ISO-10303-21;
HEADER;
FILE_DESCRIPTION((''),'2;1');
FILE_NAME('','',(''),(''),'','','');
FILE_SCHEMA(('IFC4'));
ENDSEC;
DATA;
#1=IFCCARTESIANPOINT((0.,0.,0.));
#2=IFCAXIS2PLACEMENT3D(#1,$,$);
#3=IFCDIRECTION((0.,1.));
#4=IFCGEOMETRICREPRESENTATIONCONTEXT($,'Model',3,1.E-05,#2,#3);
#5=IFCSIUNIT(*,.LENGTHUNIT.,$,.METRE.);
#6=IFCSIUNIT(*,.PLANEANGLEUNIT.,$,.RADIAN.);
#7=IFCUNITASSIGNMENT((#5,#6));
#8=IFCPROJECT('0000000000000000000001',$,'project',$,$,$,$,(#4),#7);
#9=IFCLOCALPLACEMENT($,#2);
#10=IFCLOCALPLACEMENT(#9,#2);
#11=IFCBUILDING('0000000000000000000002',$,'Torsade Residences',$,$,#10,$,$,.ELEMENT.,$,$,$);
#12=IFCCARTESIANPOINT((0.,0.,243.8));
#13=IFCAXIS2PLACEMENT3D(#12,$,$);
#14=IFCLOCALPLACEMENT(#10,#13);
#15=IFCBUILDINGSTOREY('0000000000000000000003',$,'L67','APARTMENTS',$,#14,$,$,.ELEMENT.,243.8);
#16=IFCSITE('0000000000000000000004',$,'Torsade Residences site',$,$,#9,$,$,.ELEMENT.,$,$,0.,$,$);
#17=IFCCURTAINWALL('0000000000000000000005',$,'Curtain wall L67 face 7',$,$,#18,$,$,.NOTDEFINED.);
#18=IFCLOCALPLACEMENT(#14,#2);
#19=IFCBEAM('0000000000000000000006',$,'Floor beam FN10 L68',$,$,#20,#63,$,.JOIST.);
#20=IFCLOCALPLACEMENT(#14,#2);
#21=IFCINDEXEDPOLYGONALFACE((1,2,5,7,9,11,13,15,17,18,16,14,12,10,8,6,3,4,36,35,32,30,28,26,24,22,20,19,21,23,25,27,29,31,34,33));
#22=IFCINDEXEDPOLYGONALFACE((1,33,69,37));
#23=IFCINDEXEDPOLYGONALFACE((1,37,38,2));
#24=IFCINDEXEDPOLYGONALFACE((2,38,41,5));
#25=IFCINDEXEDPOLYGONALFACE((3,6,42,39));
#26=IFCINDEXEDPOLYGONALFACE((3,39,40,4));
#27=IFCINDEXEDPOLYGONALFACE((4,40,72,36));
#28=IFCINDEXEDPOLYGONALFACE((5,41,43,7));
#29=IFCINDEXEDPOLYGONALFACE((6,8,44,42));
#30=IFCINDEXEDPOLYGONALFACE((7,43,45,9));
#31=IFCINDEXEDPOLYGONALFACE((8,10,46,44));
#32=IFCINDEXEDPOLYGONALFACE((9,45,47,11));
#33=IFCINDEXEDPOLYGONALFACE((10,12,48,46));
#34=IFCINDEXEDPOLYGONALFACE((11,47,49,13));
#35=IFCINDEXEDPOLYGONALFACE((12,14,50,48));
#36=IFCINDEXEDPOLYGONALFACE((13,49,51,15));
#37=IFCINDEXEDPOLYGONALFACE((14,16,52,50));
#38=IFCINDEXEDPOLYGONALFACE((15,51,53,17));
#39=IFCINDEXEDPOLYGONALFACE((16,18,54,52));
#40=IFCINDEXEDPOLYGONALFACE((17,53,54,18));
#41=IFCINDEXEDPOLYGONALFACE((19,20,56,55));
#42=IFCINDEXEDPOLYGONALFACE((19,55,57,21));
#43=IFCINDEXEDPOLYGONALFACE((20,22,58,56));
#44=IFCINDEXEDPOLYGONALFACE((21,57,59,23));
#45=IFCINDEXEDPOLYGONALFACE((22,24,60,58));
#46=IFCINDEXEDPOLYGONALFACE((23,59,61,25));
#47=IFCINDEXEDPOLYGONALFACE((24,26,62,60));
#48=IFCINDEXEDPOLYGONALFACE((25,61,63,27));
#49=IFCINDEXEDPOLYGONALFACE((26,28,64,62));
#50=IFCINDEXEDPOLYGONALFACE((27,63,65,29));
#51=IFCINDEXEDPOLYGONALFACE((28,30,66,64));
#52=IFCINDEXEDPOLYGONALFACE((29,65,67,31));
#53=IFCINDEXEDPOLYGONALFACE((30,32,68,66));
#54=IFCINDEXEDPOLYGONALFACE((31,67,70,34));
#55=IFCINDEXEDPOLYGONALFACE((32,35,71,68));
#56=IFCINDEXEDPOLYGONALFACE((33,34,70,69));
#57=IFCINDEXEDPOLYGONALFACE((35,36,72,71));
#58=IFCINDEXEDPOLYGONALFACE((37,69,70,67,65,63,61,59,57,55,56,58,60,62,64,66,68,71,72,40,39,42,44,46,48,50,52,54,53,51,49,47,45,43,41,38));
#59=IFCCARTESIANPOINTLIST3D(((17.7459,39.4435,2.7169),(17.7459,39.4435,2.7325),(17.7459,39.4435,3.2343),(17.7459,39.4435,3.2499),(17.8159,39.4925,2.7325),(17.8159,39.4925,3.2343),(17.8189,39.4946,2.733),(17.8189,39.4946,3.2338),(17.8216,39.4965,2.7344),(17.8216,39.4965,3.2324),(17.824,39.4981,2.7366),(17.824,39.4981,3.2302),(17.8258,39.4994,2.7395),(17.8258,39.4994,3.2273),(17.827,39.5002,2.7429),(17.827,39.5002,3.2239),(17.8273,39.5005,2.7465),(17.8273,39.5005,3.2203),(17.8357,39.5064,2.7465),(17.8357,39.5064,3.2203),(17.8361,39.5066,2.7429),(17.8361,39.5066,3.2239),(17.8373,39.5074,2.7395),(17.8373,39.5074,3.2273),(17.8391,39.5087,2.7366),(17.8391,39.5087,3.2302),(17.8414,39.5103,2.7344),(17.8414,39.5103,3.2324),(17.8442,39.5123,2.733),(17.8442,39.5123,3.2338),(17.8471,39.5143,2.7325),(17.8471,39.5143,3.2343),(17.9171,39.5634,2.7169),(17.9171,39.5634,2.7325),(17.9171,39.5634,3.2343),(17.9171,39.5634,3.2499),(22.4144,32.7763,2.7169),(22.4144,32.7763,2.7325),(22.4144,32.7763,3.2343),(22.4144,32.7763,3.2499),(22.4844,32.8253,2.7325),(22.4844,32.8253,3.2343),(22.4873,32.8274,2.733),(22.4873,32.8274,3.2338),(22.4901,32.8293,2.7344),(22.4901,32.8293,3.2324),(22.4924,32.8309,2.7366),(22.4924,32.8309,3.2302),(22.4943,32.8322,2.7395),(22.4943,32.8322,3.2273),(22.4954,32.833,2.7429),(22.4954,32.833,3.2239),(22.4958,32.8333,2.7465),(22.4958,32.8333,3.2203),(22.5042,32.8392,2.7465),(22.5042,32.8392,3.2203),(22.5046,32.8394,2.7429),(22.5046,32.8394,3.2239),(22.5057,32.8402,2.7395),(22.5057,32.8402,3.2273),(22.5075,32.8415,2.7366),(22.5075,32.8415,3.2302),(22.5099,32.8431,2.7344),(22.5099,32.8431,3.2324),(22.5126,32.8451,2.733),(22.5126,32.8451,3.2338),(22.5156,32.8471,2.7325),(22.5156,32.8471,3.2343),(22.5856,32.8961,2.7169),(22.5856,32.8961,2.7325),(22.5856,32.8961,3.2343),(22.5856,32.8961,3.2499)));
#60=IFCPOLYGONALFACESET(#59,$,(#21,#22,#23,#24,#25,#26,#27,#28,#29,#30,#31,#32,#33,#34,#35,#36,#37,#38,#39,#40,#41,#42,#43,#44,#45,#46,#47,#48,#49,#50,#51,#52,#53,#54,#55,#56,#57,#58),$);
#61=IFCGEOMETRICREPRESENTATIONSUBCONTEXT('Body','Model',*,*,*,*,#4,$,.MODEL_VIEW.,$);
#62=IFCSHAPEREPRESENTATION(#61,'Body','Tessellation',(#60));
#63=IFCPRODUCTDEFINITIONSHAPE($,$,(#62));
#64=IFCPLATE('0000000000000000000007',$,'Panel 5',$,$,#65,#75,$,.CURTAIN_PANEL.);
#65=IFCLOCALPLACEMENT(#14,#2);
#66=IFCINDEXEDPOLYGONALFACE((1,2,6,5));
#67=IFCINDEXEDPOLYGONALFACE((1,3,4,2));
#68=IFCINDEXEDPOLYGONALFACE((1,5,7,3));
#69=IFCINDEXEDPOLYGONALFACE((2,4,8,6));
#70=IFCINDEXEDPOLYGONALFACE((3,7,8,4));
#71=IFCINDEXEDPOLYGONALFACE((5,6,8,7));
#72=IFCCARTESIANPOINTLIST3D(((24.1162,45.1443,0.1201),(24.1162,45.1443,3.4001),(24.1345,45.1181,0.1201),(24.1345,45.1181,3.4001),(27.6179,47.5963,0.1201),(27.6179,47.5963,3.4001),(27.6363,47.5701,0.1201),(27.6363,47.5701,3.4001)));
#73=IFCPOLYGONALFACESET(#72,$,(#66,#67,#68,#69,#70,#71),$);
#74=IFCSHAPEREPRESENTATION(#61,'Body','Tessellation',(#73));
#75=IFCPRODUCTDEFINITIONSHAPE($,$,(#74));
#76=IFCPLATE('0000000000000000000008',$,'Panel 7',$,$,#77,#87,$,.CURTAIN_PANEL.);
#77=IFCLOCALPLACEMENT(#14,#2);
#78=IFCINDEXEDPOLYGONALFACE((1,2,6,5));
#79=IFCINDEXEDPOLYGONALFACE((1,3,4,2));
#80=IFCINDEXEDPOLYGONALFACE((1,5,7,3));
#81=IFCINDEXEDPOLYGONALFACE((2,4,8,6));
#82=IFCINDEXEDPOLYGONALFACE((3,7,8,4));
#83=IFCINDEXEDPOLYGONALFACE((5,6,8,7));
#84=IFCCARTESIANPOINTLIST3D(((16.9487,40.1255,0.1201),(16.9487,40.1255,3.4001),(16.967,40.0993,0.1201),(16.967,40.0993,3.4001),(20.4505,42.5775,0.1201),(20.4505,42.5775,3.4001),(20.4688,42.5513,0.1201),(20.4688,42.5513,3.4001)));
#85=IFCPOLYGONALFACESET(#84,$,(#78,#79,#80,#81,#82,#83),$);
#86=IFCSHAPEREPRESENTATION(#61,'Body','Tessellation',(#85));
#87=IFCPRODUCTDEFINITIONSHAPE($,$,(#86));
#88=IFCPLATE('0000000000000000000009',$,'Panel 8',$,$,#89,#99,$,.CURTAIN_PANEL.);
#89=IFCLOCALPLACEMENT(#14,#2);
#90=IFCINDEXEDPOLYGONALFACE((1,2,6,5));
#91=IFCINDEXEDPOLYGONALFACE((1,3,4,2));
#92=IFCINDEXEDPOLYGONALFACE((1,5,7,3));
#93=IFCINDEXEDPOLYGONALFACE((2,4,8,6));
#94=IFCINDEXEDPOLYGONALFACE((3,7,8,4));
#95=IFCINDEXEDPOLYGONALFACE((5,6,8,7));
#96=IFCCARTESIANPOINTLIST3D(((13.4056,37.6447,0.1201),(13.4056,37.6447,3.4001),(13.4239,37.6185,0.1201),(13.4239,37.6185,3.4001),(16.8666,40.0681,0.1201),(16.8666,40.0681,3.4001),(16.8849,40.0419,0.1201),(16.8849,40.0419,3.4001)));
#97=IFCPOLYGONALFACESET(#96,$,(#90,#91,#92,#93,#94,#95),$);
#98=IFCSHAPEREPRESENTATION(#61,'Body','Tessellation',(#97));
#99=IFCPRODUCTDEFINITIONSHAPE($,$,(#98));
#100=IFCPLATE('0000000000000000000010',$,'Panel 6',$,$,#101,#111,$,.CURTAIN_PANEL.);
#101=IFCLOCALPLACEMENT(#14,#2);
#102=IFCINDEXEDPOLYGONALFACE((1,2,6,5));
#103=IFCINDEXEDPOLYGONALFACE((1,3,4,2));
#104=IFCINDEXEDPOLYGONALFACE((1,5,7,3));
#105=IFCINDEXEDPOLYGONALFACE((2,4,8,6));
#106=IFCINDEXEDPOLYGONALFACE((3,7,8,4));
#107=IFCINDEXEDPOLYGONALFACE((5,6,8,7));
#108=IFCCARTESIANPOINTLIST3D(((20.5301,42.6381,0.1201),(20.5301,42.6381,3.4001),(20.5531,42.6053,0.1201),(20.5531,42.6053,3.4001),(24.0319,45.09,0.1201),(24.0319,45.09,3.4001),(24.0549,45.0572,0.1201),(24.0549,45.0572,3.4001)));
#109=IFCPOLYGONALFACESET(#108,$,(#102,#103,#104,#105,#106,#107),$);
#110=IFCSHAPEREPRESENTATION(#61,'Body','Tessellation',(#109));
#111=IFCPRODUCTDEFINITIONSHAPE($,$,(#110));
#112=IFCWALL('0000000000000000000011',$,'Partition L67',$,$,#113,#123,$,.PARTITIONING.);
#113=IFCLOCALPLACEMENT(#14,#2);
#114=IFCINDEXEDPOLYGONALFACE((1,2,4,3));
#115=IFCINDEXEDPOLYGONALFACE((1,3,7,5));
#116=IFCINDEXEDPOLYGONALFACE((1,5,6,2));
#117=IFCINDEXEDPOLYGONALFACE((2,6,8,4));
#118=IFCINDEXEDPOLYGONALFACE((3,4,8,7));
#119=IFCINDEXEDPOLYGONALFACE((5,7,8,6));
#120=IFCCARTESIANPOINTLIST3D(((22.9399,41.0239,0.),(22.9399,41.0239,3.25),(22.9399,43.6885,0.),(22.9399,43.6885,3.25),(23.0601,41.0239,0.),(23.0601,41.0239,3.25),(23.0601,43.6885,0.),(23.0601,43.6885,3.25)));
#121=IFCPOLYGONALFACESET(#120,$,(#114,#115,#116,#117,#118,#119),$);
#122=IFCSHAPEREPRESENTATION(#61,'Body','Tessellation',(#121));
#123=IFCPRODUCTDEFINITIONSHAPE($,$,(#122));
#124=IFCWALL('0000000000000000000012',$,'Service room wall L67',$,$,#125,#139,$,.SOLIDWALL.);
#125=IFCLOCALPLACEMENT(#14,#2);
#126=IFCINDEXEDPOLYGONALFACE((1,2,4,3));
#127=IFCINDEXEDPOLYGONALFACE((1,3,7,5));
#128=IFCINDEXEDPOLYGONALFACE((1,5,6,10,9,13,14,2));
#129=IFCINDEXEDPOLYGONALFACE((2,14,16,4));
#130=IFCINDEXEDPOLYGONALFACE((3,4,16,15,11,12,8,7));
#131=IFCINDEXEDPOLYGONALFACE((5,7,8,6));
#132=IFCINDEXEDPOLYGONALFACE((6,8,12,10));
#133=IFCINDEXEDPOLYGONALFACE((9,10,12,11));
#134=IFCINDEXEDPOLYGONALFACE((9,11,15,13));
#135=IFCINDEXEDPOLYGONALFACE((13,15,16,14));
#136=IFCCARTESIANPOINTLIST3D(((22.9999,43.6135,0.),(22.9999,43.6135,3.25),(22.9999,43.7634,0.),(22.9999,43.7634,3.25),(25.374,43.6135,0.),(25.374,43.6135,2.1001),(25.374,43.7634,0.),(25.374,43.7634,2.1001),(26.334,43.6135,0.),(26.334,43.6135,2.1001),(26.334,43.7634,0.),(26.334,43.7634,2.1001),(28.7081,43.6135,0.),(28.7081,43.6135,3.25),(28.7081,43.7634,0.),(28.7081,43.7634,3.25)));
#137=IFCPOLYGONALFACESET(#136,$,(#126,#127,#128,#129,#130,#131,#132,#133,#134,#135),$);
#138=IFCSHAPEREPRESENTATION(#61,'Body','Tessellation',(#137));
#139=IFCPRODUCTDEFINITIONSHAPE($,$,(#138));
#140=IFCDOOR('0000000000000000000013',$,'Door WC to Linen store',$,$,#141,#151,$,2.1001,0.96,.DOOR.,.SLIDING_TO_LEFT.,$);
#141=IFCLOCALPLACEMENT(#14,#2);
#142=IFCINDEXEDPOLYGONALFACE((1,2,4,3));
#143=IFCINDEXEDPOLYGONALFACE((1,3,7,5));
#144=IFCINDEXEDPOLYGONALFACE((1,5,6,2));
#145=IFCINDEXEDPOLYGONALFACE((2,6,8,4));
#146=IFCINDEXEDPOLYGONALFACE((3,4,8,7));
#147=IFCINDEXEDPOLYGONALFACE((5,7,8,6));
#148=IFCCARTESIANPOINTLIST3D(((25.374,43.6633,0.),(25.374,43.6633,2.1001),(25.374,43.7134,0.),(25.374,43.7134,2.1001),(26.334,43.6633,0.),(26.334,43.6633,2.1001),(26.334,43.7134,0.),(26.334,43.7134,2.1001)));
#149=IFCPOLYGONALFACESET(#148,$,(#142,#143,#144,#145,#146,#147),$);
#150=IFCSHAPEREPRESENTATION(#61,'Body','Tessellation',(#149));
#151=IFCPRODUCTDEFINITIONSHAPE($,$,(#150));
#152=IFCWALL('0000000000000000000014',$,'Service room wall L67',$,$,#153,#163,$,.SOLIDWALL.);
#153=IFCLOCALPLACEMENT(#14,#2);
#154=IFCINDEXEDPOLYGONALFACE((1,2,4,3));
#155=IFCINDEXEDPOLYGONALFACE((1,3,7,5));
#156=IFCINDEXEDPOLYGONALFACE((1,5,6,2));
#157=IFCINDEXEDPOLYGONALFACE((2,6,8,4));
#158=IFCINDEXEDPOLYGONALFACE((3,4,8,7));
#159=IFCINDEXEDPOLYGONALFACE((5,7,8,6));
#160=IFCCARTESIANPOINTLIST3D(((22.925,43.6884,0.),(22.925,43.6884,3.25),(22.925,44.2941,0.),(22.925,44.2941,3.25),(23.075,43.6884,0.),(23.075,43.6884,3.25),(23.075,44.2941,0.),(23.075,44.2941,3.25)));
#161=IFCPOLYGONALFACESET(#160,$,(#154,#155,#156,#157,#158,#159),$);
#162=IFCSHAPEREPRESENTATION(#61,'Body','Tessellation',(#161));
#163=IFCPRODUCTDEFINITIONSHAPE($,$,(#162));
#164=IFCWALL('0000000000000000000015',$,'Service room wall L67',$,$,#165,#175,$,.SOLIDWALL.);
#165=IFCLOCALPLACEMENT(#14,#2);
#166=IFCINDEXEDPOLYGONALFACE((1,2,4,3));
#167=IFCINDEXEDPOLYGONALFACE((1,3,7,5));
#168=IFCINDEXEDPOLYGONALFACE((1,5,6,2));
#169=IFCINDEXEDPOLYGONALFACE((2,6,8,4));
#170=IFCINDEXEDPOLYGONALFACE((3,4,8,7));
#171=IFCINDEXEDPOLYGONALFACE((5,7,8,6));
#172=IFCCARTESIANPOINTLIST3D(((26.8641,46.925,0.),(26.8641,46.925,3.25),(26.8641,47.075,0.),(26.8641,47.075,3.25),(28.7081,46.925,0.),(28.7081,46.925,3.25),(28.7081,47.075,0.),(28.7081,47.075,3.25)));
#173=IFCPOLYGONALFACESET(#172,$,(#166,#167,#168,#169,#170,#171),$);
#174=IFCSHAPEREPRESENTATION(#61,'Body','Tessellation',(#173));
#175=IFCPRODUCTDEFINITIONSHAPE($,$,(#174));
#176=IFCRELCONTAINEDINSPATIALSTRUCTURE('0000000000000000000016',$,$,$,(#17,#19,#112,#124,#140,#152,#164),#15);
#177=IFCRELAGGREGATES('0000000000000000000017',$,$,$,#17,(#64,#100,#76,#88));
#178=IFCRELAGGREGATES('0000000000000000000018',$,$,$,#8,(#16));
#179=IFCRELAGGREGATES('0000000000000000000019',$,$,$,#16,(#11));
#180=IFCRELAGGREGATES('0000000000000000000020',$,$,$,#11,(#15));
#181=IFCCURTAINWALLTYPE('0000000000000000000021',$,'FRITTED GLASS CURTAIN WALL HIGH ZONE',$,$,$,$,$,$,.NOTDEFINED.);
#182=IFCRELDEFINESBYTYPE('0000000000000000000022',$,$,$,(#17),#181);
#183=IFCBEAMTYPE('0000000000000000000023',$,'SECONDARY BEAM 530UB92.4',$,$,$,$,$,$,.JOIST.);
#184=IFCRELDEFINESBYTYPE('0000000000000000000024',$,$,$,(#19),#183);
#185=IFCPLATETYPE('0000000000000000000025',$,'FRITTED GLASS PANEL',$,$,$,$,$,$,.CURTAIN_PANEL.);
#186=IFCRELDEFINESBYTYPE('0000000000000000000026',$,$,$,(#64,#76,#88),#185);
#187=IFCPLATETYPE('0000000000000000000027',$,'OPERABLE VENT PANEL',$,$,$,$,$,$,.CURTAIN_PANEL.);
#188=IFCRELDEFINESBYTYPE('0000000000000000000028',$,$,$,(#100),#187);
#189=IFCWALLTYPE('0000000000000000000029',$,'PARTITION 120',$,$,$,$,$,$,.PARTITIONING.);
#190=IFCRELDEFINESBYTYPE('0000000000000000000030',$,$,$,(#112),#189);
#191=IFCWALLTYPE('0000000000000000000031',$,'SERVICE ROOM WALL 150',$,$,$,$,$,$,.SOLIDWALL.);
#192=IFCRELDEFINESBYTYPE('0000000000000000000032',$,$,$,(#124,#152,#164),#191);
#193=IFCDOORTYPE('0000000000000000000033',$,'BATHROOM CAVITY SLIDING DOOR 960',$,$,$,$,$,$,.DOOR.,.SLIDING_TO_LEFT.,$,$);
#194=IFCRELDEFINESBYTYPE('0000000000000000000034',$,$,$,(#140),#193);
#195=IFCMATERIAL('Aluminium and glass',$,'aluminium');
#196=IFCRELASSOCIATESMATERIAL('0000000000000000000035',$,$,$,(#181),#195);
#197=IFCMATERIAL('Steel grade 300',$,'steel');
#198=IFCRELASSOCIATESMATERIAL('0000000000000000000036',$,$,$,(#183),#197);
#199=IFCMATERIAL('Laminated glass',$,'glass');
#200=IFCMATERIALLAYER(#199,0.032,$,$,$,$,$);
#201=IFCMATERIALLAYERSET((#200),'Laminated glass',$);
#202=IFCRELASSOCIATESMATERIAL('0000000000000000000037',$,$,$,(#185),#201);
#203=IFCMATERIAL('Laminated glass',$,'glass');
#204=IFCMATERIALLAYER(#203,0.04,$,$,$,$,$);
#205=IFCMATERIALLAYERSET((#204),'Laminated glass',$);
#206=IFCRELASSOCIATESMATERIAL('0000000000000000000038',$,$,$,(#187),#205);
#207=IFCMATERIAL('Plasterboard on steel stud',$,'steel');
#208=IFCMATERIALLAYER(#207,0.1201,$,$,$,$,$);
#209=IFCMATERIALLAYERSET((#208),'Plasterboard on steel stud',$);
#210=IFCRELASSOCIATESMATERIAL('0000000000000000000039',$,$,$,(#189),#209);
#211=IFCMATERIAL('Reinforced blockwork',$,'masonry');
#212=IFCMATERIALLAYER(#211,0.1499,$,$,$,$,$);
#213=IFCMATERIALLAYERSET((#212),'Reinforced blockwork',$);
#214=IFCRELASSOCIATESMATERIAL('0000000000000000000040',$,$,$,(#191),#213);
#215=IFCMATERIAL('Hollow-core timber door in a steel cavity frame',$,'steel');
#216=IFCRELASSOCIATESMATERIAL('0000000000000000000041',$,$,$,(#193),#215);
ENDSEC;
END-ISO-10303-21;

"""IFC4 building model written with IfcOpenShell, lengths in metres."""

from ifc_helpers import new_model, si_unit, direction, frame, frame_2d, origin, origin_2d, place, context, subcontext, project, spatial, rectangle, i_section, extrude, material, layer, layer_set, material_profile, profile_set, type_object, element, fill, aggregate, save


model = new_model("IFC4")

# Units and contexts
model_context = context("Model", 3, precision=1e-05, world=origin(), true_north=direction((0.0, 1.0)))
body_context = subcontext(model_context, "Body", "Model", "MODEL_VIEW")
ifc_project = project(units=[si_unit("LENGTHUNIT", "METRE"), si_unit("PLANEANGLEUNIT", "RADIAN")], contexts=[model_context])

# Site, building, storey
site_placement = place(None, origin())
site = spatial("IfcSite", under=ifc_project, at=site_placement, Name="Torsade Residences site", CompositionType="ELEMENT", RefElevation=0.0)
building_placement = place(site_placement, origin())
building = spatial("IfcBuilding", under=site, at=building_placement, Name="Torsade Residences", CompositionType="ELEMENT")
storey_placement = place(building_placement, frame((0.0, 0.0, 243.8)))
storey = spatial("IfcBuildingStorey", under=building, at=storey_placement, Name="L67", Description="APARTMENTS", CompositionType="ELEMENT", Elevation=243.8)

# Curtain wall
ifc_material_1 = material(Name="Aluminium and glass", Category="aluminium")
curtain_wall_type = type_object("IfcCurtainWallType", Name="FRITTED GLASS CURTAIN WALL HIGH ZONE", PredefinedType="NOTDEFINED", material=ifc_material_1)
curtain_wall_placement = place(storey_placement, origin())
curtain_wall = element("IfcCurtainWall", 1, at=curtain_wall_placement, inside=storey, type_object=curtain_wall_type, Name="Curtain wall L67 face 7", PredefinedType="NOTDEFINED")

# Beam
ifc_material_2 = material(Name="Steel grade 300", Category="steel")
ifc_material_profile_1 = material_profile(ifc_material_2, i_section(OverallWidth=0.209, OverallDepth=0.533, WebThickness=0.0103, FlangeThickness=0.0156, FilletRadius=0.0139, at=origin_2d()), Name="530UB92.4")
ifc_profile_set_1 = profile_set([ifc_material_profile_1], Name="Steel grade 300")
beam_type_1 = type_object("IfcBeamType", Name="SECONDARY BEAM 530UB92.4", PredefinedType="JOIST", material=ifc_profile_set_1)
beam_1_placement = place(storey_placement, frame((17.8315, 39.5034, 2.9834), z_axis=(0.573577, -0.819152, 0.0), x_axis=(0.819152, 0.573577, 0.0)))
element("IfcBeam", 2, at=beam_1_placement, inside=storey, type_object=beam_type_1, Name="Floor beam FN10 L68", PredefinedType="JOIST", context=body_context, shape_type="SweptSolid", body=[
    extrude(i_section(OverallWidth=0.209, OverallDepth=0.533, WebThickness=0.0103, FlangeThickness=0.0156, FilletRadius=0.0139, at=origin_2d()), origin(), (0.0, 0.0, 1.0), 8.1392),
])

# Plates
ifc_material_3 = material(Name="Laminated glass", Category="glass")
ifc_layer_1 = layer(ifc_material_3, 0.032)
ifc_layer_set_1 = layer_set([ifc_layer_1], Name="Laminated glass")
plate_type_1 = type_object("IfcPlateType", Name="FRITTED GLASS PANEL", PredefinedType="CURTAIN_PANEL", material=ifc_layer_set_1)
plate_1_placement = place(storey_placement, frame((25.8762, 46.3572, 0.1201), z_axis=(0.0, 0.0, 1.0), x_axis=(-0.819152, -0.573576, 0.0)))
plate_1 = element("IfcPlate", 3, at=plate_1_placement, type_object=plate_type_1, Name="Panel 5", PredefinedType="CURTAIN_PANEL", context=body_context, shape_type="SweptSolid", body=[
    extrude(rectangle(XDim=4.2749, YDim=0.032, at=origin_2d()), origin(), (0.0, 0.0, 1.0), 3.28),
])
plate_2_placement = place(storey_placement, frame((18.7087, 41.3384, 0.1201), z_axis=(0.0, 0.0, 1.0), x_axis=(-0.819152, -0.573576, 0.0)))
plate_2 = element("IfcPlate", 4, at=plate_2_placement, type_object=plate_type_1, Name="Panel 7", PredefinedType="CURTAIN_PANEL", context=body_context, shape_type="SweptSolid", body=[
    extrude(rectangle(XDim=4.2749, YDim=0.032, at=origin_2d()), origin(), (0.0, 0.0, 1.0), 3.28),
])
plate_3_placement = place(storey_placement, frame((15.1453, 38.8433, 0.1201), z_axis=(0.0, 0.0, 1.0), x_axis=(-0.819152, -0.573576, 0.0)))
plate_3 = element("IfcPlate", 5, at=plate_3_placement, type_object=plate_type_1, Name="Panel 8", PredefinedType="CURTAIN_PANEL", context=body_context, shape_type="SweptSolid", body=[
    extrude(rectangle(XDim=4.2251, YDim=0.032, at=origin_2d()), origin(), (0.0, 0.0, 1.0), 3.28),
])
ifc_material_4 = material(Name="Laminated glass", Category="glass")
ifc_layer_2 = layer(ifc_material_4, 0.04)
ifc_layer_set_2 = layer_set([ifc_layer_2], Name="Laminated glass")
plate_type_2 = type_object("IfcPlateType", Name="OPERABLE VENT PANEL", PredefinedType="CURTAIN_PANEL", material=ifc_layer_set_2)
plate_4_placement = place(storey_placement, frame((22.2925, 43.8477, 0.1201), z_axis=(0.0, 0.0, 1.0), x_axis=(-0.819152, -0.573576, 0.0)))
plate_4 = element("IfcPlate", 6, at=plate_4_placement, type_object=plate_type_2, Name="Panel 6", PredefinedType="CURTAIN_PANEL", context=body_context, shape_type="SweptSolid", body=[
    extrude(rectangle(XDim=4.2749, YDim=0.04, at=origin_2d()), origin(), (0.0, 0.0, 1.0), 3.28),
])
aggregate(curtain_wall, [plate_1, plate_4, plate_2, plate_3])

# Wall
ifc_material_5 = material(Name="Plasterboard on steel stud", Category="steel")
ifc_layer_3 = layer(ifc_material_5, 0.1201)
ifc_layer_set_3 = layer_set([ifc_layer_3], Name="Plasterboard on steel stud")
wall_type_1 = type_object("IfcWallType", Name="PARTITION 120", PredefinedType="PARTITIONING", material=ifc_layer_set_3)
wall_1_placement = place(storey_placement, frame((23.0, 41.0239, 0.0), z_axis=(0.0, 0.0, 1.0), x_axis=(0.0, 1.0, 0.0)))
element("IfcWall", 7, at=wall_1_placement, inside=storey, type_object=wall_type_1, Name="Partition L67", PredefinedType="PARTITIONING", context=body_context, shape_type="SweptSolid", body=[
    extrude(rectangle(XDim=2.6646, YDim=0.1201, at=frame_2d((1.3323, 0.0))), origin(), (0.0, 0.0, 1.0), 3.25),
])

# Wall, opening, door
ifc_material_6 = material(Name="Reinforced blockwork", Category="masonry")
ifc_layer_4 = layer(ifc_material_6, 0.1499)
ifc_layer_set_4 = layer_set([ifc_layer_4], Name="Reinforced blockwork")
wall_type_2 = type_object("IfcWallType", Name="SERVICE ROOM WALL 150", PredefinedType="SOLIDWALL", material=ifc_layer_set_4)
wall_2_placement = place(storey_placement, frame((23.0, 43.6885, 0.0), z_axis=(0.0, 0.0, 1.0), x_axis=(1.0, 0.0, 0.0)))
wall_2 = element("IfcWall", 8, at=wall_2_placement, inside=storey, type_object=wall_type_2, Name="Service room wall L67", PredefinedType="SOLIDWALL", context=body_context, shape_type="SweptSolid", body=[
    extrude(rectangle(XDim=5.7083, YDim=0.1499, at=frame_2d((2.854, 0.0))), origin(), (0.0, 0.0, 1.0), 3.25),
])
opening_placement = place(wall_2_placement, frame((2.374, 0.0, 0.0)))
opening = element("IfcOpeningElement", 9, at=opening_placement, cuts=wall_2, PredefinedType="OPENING", context=body_context, shape_type="SweptSolid", body=[
    extrude(rectangle(XDim=0.96, YDim=2.1001, at=frame_2d((0.48, 1.05))), frame((0.0, 0.085, 0.0), z_axis=(0.0, -1.0, 0.0), x_axis=(1.0, 0.0, 0.0)), (0.0, 0.0, 1.0), 0.1699),
])
ifc_material_7 = material(Name="Hollow-core timber door in a steel cavity frame", Category="steel")
door_type = type_object("IfcDoorType", Name="BATHROOM CAVITY SLIDING DOOR 960", OperationType="SLIDING_TO_LEFT", PredefinedType="DOOR", material=ifc_material_7)
door_placement = place(opening_placement, origin())
door = element("IfcDoor", 10, at=door_placement, inside=storey, type_object=door_type, Name="Door WC to Linen store", OperationType="SLIDING_TO_LEFT", OverallHeight=2.1001, OverallWidth=0.96, PredefinedType="DOOR", context=body_context, shape_type="SweptSolid", body=[
    extrude(rectangle(XDim=0.96, YDim=2.1001, at=frame_2d((0.48, 1.05))), frame((0.0, 0.0249, 0.0), z_axis=(0.0, -1.0, 0.0), x_axis=(1.0, 0.0, 0.0)), (0.0, 0.0, 1.0), 0.05),
])
fill(opening, door)

# Walls
wall_3_placement = place(storey_placement, frame((23.0, 43.6885, 0.0), z_axis=(0.0, 0.0, 1.0), x_axis=(0.0, 1.0, 0.0)))
element("IfcWall", 11, at=wall_3_placement, inside=storey, type_object=wall_type_2, Name="Service room wall L67", PredefinedType="SOLIDWALL", context=body_context, shape_type="SweptSolid", body=[
    extrude(rectangle(XDim=0.6057, YDim=0.1499, at=frame_2d((0.3027, 0.0))), origin(), (0.0, 0.0, 1.0), 3.25),
])
wall_4_placement = place(storey_placement, frame((26.8643, 47.0, 0.0), z_axis=(0.0, 0.0, 1.0), x_axis=(1.0, 0.0, 0.0)))
element("IfcWall", 12, at=wall_4_placement, inside=storey, type_object=wall_type_2, Name="Service room wall L67", PredefinedType="SOLIDWALL", context=body_context, shape_type="SweptSolid", body=[
    extrude(rectangle(XDim=1.844, YDim=0.1499, at=frame_2d((0.9219, 0.0))), origin(), (0.0, 0.0, 1.0), 3.25),
])

save(model, "model.ifc")
